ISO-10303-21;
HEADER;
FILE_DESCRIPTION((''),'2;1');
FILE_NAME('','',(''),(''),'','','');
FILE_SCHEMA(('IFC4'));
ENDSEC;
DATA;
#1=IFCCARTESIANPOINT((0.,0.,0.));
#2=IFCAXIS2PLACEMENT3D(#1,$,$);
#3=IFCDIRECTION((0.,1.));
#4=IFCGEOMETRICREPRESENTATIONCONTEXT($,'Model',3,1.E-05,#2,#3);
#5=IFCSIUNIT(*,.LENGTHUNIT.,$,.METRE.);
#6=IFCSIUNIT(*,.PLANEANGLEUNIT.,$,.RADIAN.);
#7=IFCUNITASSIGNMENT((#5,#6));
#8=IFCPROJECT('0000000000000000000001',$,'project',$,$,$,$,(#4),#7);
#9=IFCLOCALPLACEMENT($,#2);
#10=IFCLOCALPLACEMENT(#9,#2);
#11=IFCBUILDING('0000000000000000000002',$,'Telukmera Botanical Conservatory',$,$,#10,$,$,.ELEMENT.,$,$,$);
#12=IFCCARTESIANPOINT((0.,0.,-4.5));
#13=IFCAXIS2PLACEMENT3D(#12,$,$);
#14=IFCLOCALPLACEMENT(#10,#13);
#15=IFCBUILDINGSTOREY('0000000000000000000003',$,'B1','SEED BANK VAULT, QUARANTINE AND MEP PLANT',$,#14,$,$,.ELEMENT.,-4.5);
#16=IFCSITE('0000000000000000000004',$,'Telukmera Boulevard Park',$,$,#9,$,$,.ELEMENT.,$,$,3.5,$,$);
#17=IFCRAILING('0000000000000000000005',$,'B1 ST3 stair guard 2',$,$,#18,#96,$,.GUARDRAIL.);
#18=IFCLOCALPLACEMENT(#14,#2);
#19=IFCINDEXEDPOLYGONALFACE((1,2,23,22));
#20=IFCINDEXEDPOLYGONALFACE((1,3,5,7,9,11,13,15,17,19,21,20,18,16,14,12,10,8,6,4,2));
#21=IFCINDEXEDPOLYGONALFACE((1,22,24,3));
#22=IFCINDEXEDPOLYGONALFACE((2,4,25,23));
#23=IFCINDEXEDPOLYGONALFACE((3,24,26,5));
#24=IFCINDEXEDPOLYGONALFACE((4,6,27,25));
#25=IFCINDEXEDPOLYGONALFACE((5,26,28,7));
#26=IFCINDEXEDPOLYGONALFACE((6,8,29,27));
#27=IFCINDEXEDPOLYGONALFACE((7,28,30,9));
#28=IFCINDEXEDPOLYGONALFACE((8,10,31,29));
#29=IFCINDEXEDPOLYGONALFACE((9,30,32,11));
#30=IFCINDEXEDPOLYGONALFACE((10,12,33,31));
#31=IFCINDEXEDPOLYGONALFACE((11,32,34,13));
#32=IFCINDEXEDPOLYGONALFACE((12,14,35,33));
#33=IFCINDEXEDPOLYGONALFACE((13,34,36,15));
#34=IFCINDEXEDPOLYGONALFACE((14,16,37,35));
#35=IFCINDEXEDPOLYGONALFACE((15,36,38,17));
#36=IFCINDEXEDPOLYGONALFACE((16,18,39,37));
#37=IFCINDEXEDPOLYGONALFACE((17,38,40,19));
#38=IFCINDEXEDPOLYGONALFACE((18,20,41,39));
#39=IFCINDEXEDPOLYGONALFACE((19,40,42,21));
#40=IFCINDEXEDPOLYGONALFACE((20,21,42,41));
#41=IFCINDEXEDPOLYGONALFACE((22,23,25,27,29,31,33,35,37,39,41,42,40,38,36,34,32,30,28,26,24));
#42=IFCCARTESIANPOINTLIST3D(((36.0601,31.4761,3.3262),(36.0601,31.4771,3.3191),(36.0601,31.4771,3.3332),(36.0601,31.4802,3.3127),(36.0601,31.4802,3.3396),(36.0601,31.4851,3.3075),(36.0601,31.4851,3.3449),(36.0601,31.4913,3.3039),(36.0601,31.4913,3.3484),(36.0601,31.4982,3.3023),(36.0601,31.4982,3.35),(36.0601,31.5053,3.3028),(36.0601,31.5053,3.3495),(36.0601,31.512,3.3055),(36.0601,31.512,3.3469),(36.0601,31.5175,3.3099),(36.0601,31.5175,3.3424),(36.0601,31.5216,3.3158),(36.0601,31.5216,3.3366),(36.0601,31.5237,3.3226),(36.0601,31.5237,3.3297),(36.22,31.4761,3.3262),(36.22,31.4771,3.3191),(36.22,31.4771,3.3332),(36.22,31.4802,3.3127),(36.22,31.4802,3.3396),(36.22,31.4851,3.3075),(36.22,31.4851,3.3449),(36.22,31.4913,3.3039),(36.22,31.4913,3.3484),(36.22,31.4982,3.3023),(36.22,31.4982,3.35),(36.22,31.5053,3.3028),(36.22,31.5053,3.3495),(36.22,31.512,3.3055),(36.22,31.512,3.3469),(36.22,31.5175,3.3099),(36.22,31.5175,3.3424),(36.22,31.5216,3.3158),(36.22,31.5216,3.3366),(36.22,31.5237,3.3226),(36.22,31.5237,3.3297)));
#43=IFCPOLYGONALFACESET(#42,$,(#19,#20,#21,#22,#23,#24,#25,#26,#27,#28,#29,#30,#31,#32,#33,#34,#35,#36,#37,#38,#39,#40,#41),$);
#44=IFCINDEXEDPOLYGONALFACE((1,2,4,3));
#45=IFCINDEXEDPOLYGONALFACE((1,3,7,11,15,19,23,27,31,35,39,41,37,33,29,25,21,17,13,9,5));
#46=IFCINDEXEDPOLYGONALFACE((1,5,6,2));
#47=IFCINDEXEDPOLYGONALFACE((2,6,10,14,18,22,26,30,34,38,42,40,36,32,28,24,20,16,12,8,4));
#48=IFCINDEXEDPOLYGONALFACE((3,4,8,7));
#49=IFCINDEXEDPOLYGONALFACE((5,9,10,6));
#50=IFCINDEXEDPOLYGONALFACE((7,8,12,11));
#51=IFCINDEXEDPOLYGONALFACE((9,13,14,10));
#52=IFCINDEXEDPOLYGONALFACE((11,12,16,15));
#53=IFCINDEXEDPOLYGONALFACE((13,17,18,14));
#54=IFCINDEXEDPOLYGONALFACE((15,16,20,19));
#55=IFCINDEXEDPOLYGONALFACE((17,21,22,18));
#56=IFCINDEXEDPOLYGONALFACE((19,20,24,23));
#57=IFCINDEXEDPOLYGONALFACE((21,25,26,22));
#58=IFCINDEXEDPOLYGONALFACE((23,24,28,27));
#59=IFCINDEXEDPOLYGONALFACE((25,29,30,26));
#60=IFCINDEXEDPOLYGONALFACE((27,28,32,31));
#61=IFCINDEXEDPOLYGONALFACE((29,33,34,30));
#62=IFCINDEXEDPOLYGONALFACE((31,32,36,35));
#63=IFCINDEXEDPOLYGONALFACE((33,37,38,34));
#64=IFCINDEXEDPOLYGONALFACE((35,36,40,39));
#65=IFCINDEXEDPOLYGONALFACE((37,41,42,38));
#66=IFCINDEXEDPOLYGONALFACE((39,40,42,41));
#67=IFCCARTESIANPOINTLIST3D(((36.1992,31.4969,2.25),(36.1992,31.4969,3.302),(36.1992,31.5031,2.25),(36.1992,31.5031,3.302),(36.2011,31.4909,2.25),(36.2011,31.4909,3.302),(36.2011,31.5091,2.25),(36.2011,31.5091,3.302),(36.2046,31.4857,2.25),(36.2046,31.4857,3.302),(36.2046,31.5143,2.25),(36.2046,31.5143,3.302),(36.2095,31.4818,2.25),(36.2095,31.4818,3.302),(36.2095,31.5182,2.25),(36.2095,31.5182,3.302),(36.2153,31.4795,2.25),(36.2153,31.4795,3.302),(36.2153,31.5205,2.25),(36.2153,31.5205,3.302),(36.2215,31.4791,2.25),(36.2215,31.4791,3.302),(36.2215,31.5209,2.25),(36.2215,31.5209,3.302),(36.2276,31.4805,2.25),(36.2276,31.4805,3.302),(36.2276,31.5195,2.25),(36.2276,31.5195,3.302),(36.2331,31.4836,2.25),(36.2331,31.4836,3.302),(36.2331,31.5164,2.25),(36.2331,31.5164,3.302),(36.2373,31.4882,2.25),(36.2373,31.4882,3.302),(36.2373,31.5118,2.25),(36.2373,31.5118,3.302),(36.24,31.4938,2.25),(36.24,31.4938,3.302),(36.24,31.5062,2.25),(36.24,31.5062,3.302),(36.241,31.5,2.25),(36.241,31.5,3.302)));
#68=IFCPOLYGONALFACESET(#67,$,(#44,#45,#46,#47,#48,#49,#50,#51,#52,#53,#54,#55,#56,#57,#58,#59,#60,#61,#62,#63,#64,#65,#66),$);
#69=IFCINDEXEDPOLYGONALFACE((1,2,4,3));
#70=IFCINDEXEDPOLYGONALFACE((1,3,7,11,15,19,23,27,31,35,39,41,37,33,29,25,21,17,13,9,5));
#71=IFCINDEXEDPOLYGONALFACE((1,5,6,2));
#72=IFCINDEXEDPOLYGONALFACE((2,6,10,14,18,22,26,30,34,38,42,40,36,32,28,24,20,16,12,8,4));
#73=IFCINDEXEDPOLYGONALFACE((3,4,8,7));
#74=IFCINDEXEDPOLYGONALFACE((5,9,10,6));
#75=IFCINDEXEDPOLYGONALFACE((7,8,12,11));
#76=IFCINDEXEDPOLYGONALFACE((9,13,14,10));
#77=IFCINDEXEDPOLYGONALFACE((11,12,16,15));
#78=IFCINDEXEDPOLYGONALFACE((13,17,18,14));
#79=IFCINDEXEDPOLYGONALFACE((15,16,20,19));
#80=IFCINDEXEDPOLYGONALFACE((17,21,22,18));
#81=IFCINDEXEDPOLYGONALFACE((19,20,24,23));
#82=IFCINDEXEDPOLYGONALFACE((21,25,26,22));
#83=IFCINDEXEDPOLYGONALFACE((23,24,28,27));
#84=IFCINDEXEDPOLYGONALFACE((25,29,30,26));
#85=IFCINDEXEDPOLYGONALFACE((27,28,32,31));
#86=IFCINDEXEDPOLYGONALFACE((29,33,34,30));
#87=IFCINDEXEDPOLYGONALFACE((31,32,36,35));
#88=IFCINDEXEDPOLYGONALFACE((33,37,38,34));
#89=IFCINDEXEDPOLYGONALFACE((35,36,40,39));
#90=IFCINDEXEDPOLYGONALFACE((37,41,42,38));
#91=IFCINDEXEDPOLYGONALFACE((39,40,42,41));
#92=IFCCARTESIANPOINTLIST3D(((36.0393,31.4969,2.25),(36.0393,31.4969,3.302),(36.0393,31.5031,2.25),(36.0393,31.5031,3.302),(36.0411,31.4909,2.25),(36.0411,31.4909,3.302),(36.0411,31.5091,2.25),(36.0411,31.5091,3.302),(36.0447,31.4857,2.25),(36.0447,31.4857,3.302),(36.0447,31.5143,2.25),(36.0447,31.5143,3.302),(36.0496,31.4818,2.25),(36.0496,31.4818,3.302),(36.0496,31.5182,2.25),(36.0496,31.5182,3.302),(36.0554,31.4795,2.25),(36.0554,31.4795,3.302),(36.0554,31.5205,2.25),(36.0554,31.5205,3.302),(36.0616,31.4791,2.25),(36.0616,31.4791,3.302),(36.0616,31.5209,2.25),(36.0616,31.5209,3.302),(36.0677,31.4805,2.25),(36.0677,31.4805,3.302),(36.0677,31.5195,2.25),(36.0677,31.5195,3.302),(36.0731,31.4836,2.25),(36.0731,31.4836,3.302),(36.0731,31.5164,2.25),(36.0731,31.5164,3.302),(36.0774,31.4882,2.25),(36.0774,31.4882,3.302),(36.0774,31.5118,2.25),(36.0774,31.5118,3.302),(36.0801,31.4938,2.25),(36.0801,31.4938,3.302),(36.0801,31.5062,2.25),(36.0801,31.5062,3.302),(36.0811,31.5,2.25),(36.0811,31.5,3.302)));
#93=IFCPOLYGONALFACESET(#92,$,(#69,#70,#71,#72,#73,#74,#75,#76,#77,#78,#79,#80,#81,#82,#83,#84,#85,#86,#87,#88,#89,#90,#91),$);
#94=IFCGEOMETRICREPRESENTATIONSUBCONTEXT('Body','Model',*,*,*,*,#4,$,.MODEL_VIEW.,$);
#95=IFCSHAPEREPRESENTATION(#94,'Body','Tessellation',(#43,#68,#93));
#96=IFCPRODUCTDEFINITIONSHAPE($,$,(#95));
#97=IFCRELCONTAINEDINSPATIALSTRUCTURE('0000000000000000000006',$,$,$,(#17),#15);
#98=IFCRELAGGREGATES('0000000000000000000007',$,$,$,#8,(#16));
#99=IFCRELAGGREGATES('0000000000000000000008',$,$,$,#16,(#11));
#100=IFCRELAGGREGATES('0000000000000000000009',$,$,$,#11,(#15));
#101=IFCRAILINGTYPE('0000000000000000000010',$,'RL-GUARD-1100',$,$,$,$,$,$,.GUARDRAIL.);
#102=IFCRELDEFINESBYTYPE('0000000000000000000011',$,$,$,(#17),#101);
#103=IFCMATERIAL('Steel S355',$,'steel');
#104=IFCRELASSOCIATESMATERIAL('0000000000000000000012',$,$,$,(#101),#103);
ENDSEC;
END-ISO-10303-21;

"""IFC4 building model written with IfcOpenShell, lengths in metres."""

from ifc_helpers import new_model, si_unit, direction, frame, origin, origin_2d, place, context, subcontext, project, spatial, circle, extrude, material, type_object, element, save


model = new_model("IFC4")

# Units and contexts
model_context = context("Model", 3, precision=1e-05, world=origin(), true_north=direction((0.0, 1.0)))
body_context = subcontext(model_context, "Body", "Model", "MODEL_VIEW")
ifc_project = project(units=[si_unit("LENGTHUNIT", "METRE"), si_unit("PLANEANGLEUNIT", "RADIAN")], contexts=[model_context])

# Site, building, storey
site_placement = place(None, origin())
site = spatial("IfcSite", under=ifc_project, at=site_placement, Name="Telukmera Boulevard Park", CompositionType="ELEMENT", RefElevation=3.5)
building_placement = place(site_placement, origin())
building = spatial("IfcBuilding", under=site, at=building_placement, Name="Telukmera Botanical Conservatory", CompositionType="ELEMENT")
storey_placement = place(building_placement, frame((0.0, 0.0, -4.5)))
storey = spatial("IfcBuildingStorey", under=building, at=storey_placement, Name="B1", Description="SEED BANK VAULT, QUARANTINE AND MEP PLANT", CompositionType="ELEMENT", Elevation=-4.5)

# Railing
ifc_material_1 = material(Name="Steel S355", Category="steel")
railing_type_1 = type_object("IfcRailingType", Name="RL-GUARD-1100", PredefinedType="GUARDRAIL", material=ifc_material_1)
railing_1_placement = place(storey_placement, frame((36.22, 31.5, 2.25)))
element("IfcRailing", 1, at=railing_1_placement, inside=storey, type_object=railing_type_1, Name="B1 ST3 stair guard 2", PredefinedType="GUARDRAIL", context=body_context, shape_type="SweptSolid", body=[
    extrude(circle(Radius=0.0239, at=origin_2d()), frame((0.0, 0.0, 1.0762), z_axis=(-1.0, 0.0, 0.0), x_axis=(0.0, -1.0, 0.0)), (0.0, 0.0, 1.0), 0.1599),
    extrude(circle(Radius=0.021, at=origin_2d()), origin(), (0.0, 0.0, 1.0), 1.052),
    extrude(circle(Radius=0.021, at=origin_2d()), frame((-0.1599, 0.0, 0.0)), (0.0, 0.0, 1.0), 1.052),
])

save(model, "model.ifc")
